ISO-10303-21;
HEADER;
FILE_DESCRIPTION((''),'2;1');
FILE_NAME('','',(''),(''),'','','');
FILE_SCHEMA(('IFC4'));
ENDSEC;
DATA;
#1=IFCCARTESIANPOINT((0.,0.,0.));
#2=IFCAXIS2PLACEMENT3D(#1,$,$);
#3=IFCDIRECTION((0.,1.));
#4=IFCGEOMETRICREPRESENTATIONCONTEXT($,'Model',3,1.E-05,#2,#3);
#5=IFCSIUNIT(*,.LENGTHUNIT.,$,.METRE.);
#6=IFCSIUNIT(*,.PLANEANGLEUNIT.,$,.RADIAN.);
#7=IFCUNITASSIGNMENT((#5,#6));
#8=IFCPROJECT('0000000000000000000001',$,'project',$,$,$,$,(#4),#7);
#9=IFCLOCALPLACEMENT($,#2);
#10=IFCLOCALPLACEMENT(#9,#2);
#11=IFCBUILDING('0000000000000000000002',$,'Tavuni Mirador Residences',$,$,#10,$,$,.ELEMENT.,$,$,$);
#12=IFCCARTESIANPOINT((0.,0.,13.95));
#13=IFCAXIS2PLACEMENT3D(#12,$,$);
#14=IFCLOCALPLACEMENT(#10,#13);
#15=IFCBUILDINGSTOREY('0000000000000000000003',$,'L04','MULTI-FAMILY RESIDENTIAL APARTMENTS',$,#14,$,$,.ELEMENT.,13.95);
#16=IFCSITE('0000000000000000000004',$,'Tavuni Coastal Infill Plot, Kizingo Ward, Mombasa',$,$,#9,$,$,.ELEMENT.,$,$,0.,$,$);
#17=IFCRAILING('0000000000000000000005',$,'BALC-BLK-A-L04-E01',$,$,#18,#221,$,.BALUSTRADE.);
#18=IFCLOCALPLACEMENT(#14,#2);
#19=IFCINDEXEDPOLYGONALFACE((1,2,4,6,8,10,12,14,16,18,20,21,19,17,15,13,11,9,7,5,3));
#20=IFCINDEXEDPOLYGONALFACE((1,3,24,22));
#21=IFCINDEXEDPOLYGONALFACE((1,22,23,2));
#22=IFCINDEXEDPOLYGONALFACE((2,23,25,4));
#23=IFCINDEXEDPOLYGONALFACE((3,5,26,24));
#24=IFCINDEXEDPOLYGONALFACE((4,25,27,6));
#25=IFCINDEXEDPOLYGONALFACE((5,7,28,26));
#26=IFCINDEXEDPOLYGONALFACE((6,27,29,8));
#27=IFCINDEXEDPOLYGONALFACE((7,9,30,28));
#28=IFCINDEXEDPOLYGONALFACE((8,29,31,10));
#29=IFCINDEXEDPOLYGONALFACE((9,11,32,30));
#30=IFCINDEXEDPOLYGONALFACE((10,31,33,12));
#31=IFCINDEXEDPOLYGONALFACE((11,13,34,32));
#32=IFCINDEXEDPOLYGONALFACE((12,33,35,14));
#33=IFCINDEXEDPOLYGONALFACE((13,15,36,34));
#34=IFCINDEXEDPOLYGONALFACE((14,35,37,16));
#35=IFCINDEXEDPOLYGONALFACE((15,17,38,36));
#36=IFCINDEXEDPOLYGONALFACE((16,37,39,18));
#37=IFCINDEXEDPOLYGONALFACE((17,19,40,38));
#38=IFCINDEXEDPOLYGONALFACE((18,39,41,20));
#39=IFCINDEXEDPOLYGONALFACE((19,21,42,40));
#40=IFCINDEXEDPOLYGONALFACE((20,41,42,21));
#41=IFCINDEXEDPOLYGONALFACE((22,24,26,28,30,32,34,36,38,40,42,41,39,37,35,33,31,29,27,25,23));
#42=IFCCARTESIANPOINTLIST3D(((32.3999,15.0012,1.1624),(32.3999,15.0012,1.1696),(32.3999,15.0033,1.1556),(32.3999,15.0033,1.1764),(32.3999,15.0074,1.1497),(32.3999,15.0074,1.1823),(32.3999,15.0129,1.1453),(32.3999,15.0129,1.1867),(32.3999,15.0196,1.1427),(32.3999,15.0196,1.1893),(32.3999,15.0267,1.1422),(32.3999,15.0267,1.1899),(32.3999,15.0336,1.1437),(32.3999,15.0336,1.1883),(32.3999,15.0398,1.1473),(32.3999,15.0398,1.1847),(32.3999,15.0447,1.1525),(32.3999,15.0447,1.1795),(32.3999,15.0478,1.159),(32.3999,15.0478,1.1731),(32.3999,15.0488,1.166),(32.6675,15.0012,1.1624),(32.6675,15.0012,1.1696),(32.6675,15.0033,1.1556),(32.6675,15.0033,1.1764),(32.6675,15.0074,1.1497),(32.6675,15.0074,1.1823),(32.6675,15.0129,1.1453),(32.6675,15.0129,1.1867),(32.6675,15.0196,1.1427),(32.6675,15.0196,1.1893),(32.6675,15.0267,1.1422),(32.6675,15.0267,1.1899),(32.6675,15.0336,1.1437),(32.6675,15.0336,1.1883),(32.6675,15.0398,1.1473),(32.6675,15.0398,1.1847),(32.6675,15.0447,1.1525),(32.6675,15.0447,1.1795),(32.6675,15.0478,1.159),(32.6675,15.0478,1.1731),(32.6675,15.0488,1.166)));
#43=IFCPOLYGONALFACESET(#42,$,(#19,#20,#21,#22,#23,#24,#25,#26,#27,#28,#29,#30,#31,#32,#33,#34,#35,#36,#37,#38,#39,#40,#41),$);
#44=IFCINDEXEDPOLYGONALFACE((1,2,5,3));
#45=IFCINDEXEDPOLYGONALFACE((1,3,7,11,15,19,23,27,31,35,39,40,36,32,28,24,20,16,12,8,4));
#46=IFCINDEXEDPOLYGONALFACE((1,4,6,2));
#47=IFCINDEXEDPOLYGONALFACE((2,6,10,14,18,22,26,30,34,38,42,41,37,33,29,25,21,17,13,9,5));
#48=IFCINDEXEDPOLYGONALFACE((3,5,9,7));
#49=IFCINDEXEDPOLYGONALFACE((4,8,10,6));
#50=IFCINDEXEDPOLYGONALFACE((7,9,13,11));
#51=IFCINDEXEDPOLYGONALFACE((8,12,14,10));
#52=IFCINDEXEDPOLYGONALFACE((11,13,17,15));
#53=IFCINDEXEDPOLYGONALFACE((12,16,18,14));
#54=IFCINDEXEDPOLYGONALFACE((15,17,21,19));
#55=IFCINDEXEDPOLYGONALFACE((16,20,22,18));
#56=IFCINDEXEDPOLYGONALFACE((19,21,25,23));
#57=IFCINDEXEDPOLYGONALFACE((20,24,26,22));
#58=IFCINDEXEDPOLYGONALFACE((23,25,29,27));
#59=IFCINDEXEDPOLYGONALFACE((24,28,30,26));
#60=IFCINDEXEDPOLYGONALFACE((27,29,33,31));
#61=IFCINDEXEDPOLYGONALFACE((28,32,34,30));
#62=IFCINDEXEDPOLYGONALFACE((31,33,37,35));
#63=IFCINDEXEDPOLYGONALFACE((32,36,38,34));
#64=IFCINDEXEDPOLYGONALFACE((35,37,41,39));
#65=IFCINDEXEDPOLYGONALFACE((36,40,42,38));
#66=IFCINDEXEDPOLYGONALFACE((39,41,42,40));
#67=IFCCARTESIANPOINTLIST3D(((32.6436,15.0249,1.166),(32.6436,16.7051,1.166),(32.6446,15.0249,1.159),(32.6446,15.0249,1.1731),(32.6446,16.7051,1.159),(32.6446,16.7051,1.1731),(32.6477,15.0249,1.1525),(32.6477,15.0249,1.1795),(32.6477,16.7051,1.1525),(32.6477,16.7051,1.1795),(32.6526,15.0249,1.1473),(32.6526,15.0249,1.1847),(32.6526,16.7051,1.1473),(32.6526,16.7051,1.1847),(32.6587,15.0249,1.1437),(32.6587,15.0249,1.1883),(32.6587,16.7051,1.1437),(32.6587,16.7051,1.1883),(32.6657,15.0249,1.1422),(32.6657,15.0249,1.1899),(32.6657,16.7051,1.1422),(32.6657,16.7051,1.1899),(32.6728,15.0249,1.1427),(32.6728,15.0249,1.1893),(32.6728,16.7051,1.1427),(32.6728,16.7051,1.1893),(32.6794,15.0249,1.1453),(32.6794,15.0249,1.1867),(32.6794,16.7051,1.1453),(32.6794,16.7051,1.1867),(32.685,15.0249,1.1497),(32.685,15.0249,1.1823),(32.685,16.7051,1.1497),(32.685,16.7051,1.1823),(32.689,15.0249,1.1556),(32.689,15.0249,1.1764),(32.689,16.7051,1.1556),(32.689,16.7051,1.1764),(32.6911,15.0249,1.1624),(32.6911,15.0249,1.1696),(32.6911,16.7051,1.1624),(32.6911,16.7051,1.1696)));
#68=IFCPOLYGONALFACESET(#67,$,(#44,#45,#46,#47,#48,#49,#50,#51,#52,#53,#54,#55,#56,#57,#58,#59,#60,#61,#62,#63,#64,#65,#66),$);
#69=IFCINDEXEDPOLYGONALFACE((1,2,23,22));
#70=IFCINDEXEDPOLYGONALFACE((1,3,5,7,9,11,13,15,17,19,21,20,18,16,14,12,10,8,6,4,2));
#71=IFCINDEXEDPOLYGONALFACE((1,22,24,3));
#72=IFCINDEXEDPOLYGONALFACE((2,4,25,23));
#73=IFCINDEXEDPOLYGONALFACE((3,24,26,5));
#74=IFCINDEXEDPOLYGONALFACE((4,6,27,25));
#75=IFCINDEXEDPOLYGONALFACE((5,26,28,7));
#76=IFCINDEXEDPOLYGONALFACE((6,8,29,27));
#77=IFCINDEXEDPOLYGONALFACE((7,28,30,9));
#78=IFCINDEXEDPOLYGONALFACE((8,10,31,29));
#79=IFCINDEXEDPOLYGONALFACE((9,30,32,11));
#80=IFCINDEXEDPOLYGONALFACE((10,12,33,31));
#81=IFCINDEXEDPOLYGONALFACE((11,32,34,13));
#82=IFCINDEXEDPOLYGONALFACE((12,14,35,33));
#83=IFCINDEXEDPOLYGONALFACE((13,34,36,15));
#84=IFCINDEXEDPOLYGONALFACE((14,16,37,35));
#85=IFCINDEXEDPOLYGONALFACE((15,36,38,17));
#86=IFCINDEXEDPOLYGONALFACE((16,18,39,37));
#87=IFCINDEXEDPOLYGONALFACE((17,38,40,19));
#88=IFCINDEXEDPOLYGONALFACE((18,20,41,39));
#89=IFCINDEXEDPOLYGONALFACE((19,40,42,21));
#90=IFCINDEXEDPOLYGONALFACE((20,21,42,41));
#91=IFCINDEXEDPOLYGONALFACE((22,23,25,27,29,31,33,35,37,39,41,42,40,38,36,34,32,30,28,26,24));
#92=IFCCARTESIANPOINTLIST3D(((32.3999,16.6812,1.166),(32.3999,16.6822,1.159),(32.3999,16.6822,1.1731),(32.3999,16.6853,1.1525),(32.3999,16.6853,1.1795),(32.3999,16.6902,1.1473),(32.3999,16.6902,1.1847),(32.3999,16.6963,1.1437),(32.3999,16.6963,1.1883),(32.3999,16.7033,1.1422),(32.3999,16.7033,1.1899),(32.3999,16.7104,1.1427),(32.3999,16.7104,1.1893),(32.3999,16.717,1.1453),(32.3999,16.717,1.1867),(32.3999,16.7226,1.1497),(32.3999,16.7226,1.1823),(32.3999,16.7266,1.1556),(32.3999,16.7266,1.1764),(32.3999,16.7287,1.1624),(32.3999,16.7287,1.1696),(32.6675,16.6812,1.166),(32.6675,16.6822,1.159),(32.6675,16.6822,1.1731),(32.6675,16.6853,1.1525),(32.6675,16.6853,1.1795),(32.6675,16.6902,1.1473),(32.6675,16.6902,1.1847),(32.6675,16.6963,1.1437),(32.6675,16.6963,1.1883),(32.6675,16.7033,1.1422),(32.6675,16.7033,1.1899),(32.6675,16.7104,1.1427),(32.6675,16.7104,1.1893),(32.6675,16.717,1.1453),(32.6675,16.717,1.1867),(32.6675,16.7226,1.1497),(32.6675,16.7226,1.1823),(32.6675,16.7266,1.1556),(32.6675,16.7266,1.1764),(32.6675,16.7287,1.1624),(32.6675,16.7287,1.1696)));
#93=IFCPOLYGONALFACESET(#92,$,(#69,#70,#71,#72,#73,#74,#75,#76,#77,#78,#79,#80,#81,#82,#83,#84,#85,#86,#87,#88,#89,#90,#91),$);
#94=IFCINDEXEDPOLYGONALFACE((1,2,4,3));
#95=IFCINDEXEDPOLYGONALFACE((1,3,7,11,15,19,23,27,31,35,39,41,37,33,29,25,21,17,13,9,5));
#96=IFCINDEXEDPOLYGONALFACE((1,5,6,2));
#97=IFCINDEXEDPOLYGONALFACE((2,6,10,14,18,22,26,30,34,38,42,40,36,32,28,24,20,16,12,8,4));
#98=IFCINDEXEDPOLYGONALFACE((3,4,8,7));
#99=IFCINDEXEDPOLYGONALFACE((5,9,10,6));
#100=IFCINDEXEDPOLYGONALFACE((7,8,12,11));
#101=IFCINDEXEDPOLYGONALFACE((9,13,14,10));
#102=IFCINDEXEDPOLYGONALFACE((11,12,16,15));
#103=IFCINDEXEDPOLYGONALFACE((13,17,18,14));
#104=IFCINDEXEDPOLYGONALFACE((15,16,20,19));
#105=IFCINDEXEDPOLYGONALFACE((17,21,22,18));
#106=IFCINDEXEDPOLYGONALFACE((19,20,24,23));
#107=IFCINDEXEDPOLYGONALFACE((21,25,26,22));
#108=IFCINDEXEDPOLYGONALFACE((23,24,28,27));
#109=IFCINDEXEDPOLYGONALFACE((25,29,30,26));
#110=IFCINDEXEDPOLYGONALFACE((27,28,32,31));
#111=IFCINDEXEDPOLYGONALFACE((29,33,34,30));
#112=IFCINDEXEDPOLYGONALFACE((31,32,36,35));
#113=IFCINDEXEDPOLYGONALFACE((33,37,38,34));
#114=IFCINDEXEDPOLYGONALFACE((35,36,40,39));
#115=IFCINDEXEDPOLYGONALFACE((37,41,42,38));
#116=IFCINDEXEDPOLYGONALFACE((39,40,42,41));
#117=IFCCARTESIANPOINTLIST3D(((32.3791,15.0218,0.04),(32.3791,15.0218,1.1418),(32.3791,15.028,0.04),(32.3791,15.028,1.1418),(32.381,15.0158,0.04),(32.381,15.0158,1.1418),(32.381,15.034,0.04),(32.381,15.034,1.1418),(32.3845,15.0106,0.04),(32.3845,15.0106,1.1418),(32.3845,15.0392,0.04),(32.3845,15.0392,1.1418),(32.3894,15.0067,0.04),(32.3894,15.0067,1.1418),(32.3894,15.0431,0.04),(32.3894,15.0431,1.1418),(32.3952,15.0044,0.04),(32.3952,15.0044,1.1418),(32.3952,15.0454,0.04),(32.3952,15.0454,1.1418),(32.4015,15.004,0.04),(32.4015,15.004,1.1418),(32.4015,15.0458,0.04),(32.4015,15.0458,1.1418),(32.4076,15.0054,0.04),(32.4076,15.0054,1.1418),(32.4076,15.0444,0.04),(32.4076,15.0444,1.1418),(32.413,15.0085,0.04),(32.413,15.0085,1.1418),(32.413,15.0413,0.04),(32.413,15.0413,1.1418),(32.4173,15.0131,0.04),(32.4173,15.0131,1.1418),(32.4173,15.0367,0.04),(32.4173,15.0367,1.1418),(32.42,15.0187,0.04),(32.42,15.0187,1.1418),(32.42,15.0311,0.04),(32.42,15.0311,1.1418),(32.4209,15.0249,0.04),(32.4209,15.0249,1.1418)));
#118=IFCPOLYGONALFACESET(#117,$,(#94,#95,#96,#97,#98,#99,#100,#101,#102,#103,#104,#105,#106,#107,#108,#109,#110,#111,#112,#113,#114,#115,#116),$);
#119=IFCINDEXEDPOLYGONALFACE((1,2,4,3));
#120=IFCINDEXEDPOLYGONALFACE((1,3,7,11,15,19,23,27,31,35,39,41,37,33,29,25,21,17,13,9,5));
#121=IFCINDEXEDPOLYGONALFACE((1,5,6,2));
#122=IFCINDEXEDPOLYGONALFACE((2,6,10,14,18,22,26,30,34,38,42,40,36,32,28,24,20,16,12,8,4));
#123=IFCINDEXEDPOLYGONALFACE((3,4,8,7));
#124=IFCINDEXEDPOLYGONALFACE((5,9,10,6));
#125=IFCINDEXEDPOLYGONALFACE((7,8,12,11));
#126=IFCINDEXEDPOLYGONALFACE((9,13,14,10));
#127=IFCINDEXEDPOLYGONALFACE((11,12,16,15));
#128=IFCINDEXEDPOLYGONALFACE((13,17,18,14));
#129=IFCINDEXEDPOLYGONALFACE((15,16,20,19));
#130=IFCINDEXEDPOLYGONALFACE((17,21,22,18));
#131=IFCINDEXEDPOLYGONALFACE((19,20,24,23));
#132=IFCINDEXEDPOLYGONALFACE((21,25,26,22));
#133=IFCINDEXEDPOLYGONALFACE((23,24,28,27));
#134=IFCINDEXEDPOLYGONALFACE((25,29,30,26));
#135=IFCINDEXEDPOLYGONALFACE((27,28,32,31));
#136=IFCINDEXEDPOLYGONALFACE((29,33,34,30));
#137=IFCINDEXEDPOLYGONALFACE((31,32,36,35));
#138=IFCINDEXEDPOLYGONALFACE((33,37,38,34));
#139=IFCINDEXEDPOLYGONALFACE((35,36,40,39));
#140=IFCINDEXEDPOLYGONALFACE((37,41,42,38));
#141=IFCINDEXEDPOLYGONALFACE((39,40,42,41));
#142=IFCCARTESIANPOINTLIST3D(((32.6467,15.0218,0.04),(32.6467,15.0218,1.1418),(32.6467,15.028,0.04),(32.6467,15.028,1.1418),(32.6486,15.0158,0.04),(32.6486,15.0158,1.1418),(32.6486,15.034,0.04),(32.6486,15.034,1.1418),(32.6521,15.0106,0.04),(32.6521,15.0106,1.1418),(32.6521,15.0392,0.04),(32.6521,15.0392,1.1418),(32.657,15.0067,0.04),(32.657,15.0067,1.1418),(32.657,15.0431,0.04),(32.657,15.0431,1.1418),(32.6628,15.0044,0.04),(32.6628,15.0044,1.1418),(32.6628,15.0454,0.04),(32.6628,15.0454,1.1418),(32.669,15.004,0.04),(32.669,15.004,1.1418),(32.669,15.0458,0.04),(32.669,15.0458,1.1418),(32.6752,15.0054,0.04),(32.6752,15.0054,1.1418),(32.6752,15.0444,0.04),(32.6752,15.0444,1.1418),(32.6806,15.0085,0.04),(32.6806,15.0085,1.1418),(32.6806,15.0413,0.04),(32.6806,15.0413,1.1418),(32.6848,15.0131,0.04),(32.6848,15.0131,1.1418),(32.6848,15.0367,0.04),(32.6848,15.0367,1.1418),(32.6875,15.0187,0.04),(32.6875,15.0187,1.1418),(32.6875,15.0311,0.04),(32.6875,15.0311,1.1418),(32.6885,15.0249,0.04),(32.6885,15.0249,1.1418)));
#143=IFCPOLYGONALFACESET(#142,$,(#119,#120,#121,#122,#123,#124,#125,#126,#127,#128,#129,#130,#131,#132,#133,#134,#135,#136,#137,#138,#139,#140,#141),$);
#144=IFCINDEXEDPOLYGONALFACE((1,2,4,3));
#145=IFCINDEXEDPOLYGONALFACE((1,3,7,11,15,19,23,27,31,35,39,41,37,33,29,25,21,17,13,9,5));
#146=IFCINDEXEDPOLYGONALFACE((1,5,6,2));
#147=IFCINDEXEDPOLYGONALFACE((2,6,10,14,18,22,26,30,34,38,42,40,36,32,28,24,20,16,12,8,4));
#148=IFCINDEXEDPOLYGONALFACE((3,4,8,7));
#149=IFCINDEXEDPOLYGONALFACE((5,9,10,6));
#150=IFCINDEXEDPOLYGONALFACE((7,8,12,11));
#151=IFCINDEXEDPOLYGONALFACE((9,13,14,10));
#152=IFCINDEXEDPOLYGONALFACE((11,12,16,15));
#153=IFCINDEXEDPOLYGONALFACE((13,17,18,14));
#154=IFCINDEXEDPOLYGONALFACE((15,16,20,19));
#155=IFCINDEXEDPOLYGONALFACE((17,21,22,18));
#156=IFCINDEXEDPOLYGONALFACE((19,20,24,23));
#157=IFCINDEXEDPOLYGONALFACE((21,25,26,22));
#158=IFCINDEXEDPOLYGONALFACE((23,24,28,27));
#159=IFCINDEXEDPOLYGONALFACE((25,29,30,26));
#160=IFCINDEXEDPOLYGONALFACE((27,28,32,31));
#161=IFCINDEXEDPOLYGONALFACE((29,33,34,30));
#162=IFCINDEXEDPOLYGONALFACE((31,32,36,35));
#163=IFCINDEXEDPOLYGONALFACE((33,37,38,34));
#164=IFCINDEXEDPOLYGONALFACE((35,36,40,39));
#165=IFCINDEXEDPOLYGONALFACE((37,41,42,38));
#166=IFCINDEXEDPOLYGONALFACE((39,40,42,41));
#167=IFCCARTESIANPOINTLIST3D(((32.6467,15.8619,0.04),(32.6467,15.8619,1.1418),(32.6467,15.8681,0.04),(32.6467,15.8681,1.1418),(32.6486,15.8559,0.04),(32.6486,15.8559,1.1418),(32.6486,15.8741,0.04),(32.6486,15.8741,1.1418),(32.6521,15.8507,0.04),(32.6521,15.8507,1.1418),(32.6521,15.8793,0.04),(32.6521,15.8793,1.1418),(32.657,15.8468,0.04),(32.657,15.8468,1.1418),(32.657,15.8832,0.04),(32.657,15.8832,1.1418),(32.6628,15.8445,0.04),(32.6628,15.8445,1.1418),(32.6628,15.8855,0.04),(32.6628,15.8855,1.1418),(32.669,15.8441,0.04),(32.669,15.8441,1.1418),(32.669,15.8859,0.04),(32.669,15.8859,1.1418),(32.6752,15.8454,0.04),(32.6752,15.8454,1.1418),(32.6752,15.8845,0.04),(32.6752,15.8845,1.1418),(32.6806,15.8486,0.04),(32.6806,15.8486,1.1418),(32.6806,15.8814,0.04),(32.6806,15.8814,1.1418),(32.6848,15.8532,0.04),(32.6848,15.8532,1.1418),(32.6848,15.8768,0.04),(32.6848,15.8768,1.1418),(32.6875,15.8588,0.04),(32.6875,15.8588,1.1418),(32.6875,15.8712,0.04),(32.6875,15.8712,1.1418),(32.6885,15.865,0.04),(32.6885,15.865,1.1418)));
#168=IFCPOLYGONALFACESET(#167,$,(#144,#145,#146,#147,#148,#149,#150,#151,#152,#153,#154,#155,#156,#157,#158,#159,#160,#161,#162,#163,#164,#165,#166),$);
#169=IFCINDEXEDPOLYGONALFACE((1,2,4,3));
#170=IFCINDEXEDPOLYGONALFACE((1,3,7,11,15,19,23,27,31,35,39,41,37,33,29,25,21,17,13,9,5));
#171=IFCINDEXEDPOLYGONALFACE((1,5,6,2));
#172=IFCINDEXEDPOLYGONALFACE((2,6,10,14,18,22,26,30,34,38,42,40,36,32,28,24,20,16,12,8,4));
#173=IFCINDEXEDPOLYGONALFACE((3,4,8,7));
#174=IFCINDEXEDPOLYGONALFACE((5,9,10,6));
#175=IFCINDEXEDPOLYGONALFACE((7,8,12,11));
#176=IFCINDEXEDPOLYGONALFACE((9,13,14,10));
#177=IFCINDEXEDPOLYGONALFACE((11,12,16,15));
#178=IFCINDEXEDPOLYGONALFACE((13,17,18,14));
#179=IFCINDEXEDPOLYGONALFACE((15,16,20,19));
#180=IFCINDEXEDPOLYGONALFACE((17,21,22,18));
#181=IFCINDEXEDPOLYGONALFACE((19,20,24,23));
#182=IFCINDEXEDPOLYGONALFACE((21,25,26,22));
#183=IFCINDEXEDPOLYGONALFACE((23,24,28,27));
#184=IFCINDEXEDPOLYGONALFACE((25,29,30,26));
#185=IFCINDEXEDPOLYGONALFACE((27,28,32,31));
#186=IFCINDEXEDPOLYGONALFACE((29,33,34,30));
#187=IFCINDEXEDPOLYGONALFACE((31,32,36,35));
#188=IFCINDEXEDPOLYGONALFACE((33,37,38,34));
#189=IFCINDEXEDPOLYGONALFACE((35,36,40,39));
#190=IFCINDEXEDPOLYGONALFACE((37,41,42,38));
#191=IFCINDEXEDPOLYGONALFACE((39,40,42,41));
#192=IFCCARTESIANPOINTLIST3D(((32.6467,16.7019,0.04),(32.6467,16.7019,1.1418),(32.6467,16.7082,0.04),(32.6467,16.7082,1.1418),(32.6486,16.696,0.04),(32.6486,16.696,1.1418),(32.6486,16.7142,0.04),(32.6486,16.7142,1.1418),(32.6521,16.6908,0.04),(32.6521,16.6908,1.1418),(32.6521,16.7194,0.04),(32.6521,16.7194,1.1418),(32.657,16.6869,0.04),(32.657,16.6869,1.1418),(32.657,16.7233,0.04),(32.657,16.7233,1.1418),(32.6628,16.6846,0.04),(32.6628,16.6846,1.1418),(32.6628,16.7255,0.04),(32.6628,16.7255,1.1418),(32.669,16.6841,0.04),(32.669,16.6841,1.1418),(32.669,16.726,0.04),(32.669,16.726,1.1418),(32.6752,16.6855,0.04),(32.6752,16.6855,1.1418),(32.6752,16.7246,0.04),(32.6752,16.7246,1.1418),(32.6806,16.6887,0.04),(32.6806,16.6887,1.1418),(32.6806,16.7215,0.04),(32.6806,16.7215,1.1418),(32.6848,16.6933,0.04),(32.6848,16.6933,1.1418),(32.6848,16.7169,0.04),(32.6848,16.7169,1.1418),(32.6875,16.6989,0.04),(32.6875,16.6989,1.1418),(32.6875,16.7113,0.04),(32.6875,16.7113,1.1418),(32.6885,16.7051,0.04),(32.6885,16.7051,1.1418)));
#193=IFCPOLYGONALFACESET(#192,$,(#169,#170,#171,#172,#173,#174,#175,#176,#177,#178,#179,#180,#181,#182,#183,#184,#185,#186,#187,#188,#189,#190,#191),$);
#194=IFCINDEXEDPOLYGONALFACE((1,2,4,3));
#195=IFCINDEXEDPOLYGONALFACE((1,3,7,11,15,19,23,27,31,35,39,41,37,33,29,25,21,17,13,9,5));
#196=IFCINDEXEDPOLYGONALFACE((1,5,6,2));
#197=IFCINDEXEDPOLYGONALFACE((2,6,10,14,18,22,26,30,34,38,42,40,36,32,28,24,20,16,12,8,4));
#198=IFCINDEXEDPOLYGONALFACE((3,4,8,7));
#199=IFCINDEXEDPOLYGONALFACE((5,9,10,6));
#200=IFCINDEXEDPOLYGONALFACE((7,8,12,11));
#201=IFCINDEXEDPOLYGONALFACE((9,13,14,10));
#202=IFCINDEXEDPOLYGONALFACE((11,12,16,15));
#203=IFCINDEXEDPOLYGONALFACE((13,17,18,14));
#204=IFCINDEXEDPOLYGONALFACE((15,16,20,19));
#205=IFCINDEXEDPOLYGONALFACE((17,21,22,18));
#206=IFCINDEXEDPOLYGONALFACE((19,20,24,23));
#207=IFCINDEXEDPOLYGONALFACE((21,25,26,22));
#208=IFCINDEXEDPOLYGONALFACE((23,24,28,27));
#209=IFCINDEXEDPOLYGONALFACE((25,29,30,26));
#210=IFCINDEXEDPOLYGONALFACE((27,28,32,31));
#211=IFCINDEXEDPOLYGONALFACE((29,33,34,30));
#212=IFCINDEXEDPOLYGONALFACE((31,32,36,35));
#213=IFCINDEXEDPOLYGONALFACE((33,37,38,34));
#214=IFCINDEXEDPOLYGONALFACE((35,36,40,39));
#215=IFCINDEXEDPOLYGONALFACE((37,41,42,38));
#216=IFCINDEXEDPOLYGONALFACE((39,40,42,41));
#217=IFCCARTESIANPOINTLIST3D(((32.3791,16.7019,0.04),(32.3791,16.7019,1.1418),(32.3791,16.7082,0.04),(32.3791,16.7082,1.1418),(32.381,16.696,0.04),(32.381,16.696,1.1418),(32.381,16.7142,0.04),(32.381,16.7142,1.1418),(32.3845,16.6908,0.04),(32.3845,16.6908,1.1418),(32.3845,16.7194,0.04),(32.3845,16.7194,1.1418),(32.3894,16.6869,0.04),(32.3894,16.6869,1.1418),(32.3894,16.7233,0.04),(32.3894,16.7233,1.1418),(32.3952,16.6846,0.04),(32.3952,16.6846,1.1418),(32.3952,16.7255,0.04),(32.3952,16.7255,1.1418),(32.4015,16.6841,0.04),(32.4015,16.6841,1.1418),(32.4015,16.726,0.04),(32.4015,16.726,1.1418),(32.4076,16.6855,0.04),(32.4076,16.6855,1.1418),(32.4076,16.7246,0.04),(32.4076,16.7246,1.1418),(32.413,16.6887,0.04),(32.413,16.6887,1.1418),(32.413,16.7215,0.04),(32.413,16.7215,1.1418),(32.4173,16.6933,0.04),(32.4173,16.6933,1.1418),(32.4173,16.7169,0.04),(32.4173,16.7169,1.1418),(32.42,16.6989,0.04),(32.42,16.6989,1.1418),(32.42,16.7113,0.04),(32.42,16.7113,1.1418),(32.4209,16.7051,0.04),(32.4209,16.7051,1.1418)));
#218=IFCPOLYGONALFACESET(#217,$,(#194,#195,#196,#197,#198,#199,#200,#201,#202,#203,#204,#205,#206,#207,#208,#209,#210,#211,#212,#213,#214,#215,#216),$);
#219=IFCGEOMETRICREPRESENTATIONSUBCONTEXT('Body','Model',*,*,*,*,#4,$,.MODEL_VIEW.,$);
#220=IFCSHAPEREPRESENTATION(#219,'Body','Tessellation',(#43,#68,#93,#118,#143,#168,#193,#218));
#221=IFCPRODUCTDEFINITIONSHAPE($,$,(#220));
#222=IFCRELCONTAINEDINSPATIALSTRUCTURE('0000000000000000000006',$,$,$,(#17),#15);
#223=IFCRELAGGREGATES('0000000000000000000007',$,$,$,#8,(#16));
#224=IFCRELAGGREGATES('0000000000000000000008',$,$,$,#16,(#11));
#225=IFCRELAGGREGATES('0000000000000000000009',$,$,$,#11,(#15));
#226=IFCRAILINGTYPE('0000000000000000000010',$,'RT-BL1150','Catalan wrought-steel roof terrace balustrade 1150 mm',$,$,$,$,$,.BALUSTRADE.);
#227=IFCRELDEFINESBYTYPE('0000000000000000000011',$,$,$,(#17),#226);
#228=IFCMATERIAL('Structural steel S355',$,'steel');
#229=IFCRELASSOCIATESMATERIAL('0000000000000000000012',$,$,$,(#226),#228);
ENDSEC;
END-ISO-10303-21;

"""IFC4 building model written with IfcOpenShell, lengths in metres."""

from ifc_helpers import new_model, si_unit, direction, frame, origin, origin_2d, place, context, subcontext, project, spatial, circle, extrude, material, type_object, element, save


model = new_model("IFC4")

# Units and contexts
model_context = context("Model", 3, precision=1e-05, world=origin(), true_north=direction((0.0, 1.0)))
body_context = subcontext(model_context, "Body", "Model", "MODEL_VIEW")
ifc_project = project(units=[si_unit("LENGTHUNIT", "METRE"), si_unit("PLANEANGLEUNIT", "RADIAN")], contexts=[model_context])

# Site, building, storey
site_placement = place(None, origin())
site = spatial("IfcSite", under=ifc_project, at=site_placement, Name="Tavuni Coastal Infill Plot, Kizingo Ward, Mombasa", CompositionType="ELEMENT", RefElevation=0.0)
building_placement = place(site_placement, origin())
building = spatial("IfcBuilding", under=site, at=building_placement, Name="Tavuni Mirador Residences", CompositionType="ELEMENT")
storey_placement = place(building_placement, frame((0.0, 0.0, 13.95)))
storey = spatial("IfcBuildingStorey", under=building, at=storey_placement, Name="L04", Description="MULTI-FAMILY RESIDENTIAL APARTMENTS", CompositionType="ELEMENT", Elevation=13.95)

# Railing
ifc_material_1 = material(Name="Structural steel S355", Category="steel")
railing_type = type_object("IfcRailingType", Name="RT-BL1150", Description="Catalan wrought-steel roof terrace balustrade 1150 mm", PredefinedType="BALUSTRADE", material=ifc_material_1)
railing_placement = place(storey_placement, frame((32.3999, 15.0249, 0.04)))
element("IfcRailing", 1, at=railing_placement, inside=storey, type_object=railing_type, Name="BALC-BLK-A-L04-E01", PredefinedType="BALUSTRADE", context=body_context, shape_type="SweptSolid", body=[
    extrude(circle(Radius=0.0239, at=origin_2d()), frame((0.0, 0.0, 1.126), z_axis=(1.0, 0.0, 0.0), x_axis=(0.0, 1.0, 0.0)), (0.0, 0.0, 1.0), 0.2676),
    extrude(circle(Radius=0.0239, at=origin_2d()), frame((0.2676, 0.0, 1.126), z_axis=(0.0, 1.0, 0.0), x_axis=(-1.0, 0.0, 0.0)), (0.0, 0.0, 1.0), 1.6802),
    extrude(circle(Radius=0.0239, at=origin_2d()), frame((0.2676, 1.6802, 1.126), z_axis=(-1.0, 0.0, 0.0), x_axis=(0.0, -1.0, 0.0)), (0.0, 0.0, 1.0), 0.2676),
    extrude(circle(Radius=0.021, at=origin_2d()), origin(), (0.0, 0.0, 1.0), 1.1018),
    extrude(circle(Radius=0.021, at=origin_2d()), frame((0.2676, 0.0, 0.0)), (0.0, 0.0, 1.0), 1.1018),
    extrude(circle(Radius=0.021, at=origin_2d()), frame((0.2676, 0.8401, 0.0)), (0.0, 0.0, 1.0), 1.1018),
    extrude(circle(Radius=0.021, at=origin_2d()), frame((0.2676, 1.6802, 0.0)), (0.0, 0.0, 1.0), 1.1018),
    extrude(circle(Radius=0.021, at=origin_2d()), frame((0.0, 1.6802, 0.0)), (0.0, 0.0, 1.0), 1.1018),
])

save(model, "model.ifc")
